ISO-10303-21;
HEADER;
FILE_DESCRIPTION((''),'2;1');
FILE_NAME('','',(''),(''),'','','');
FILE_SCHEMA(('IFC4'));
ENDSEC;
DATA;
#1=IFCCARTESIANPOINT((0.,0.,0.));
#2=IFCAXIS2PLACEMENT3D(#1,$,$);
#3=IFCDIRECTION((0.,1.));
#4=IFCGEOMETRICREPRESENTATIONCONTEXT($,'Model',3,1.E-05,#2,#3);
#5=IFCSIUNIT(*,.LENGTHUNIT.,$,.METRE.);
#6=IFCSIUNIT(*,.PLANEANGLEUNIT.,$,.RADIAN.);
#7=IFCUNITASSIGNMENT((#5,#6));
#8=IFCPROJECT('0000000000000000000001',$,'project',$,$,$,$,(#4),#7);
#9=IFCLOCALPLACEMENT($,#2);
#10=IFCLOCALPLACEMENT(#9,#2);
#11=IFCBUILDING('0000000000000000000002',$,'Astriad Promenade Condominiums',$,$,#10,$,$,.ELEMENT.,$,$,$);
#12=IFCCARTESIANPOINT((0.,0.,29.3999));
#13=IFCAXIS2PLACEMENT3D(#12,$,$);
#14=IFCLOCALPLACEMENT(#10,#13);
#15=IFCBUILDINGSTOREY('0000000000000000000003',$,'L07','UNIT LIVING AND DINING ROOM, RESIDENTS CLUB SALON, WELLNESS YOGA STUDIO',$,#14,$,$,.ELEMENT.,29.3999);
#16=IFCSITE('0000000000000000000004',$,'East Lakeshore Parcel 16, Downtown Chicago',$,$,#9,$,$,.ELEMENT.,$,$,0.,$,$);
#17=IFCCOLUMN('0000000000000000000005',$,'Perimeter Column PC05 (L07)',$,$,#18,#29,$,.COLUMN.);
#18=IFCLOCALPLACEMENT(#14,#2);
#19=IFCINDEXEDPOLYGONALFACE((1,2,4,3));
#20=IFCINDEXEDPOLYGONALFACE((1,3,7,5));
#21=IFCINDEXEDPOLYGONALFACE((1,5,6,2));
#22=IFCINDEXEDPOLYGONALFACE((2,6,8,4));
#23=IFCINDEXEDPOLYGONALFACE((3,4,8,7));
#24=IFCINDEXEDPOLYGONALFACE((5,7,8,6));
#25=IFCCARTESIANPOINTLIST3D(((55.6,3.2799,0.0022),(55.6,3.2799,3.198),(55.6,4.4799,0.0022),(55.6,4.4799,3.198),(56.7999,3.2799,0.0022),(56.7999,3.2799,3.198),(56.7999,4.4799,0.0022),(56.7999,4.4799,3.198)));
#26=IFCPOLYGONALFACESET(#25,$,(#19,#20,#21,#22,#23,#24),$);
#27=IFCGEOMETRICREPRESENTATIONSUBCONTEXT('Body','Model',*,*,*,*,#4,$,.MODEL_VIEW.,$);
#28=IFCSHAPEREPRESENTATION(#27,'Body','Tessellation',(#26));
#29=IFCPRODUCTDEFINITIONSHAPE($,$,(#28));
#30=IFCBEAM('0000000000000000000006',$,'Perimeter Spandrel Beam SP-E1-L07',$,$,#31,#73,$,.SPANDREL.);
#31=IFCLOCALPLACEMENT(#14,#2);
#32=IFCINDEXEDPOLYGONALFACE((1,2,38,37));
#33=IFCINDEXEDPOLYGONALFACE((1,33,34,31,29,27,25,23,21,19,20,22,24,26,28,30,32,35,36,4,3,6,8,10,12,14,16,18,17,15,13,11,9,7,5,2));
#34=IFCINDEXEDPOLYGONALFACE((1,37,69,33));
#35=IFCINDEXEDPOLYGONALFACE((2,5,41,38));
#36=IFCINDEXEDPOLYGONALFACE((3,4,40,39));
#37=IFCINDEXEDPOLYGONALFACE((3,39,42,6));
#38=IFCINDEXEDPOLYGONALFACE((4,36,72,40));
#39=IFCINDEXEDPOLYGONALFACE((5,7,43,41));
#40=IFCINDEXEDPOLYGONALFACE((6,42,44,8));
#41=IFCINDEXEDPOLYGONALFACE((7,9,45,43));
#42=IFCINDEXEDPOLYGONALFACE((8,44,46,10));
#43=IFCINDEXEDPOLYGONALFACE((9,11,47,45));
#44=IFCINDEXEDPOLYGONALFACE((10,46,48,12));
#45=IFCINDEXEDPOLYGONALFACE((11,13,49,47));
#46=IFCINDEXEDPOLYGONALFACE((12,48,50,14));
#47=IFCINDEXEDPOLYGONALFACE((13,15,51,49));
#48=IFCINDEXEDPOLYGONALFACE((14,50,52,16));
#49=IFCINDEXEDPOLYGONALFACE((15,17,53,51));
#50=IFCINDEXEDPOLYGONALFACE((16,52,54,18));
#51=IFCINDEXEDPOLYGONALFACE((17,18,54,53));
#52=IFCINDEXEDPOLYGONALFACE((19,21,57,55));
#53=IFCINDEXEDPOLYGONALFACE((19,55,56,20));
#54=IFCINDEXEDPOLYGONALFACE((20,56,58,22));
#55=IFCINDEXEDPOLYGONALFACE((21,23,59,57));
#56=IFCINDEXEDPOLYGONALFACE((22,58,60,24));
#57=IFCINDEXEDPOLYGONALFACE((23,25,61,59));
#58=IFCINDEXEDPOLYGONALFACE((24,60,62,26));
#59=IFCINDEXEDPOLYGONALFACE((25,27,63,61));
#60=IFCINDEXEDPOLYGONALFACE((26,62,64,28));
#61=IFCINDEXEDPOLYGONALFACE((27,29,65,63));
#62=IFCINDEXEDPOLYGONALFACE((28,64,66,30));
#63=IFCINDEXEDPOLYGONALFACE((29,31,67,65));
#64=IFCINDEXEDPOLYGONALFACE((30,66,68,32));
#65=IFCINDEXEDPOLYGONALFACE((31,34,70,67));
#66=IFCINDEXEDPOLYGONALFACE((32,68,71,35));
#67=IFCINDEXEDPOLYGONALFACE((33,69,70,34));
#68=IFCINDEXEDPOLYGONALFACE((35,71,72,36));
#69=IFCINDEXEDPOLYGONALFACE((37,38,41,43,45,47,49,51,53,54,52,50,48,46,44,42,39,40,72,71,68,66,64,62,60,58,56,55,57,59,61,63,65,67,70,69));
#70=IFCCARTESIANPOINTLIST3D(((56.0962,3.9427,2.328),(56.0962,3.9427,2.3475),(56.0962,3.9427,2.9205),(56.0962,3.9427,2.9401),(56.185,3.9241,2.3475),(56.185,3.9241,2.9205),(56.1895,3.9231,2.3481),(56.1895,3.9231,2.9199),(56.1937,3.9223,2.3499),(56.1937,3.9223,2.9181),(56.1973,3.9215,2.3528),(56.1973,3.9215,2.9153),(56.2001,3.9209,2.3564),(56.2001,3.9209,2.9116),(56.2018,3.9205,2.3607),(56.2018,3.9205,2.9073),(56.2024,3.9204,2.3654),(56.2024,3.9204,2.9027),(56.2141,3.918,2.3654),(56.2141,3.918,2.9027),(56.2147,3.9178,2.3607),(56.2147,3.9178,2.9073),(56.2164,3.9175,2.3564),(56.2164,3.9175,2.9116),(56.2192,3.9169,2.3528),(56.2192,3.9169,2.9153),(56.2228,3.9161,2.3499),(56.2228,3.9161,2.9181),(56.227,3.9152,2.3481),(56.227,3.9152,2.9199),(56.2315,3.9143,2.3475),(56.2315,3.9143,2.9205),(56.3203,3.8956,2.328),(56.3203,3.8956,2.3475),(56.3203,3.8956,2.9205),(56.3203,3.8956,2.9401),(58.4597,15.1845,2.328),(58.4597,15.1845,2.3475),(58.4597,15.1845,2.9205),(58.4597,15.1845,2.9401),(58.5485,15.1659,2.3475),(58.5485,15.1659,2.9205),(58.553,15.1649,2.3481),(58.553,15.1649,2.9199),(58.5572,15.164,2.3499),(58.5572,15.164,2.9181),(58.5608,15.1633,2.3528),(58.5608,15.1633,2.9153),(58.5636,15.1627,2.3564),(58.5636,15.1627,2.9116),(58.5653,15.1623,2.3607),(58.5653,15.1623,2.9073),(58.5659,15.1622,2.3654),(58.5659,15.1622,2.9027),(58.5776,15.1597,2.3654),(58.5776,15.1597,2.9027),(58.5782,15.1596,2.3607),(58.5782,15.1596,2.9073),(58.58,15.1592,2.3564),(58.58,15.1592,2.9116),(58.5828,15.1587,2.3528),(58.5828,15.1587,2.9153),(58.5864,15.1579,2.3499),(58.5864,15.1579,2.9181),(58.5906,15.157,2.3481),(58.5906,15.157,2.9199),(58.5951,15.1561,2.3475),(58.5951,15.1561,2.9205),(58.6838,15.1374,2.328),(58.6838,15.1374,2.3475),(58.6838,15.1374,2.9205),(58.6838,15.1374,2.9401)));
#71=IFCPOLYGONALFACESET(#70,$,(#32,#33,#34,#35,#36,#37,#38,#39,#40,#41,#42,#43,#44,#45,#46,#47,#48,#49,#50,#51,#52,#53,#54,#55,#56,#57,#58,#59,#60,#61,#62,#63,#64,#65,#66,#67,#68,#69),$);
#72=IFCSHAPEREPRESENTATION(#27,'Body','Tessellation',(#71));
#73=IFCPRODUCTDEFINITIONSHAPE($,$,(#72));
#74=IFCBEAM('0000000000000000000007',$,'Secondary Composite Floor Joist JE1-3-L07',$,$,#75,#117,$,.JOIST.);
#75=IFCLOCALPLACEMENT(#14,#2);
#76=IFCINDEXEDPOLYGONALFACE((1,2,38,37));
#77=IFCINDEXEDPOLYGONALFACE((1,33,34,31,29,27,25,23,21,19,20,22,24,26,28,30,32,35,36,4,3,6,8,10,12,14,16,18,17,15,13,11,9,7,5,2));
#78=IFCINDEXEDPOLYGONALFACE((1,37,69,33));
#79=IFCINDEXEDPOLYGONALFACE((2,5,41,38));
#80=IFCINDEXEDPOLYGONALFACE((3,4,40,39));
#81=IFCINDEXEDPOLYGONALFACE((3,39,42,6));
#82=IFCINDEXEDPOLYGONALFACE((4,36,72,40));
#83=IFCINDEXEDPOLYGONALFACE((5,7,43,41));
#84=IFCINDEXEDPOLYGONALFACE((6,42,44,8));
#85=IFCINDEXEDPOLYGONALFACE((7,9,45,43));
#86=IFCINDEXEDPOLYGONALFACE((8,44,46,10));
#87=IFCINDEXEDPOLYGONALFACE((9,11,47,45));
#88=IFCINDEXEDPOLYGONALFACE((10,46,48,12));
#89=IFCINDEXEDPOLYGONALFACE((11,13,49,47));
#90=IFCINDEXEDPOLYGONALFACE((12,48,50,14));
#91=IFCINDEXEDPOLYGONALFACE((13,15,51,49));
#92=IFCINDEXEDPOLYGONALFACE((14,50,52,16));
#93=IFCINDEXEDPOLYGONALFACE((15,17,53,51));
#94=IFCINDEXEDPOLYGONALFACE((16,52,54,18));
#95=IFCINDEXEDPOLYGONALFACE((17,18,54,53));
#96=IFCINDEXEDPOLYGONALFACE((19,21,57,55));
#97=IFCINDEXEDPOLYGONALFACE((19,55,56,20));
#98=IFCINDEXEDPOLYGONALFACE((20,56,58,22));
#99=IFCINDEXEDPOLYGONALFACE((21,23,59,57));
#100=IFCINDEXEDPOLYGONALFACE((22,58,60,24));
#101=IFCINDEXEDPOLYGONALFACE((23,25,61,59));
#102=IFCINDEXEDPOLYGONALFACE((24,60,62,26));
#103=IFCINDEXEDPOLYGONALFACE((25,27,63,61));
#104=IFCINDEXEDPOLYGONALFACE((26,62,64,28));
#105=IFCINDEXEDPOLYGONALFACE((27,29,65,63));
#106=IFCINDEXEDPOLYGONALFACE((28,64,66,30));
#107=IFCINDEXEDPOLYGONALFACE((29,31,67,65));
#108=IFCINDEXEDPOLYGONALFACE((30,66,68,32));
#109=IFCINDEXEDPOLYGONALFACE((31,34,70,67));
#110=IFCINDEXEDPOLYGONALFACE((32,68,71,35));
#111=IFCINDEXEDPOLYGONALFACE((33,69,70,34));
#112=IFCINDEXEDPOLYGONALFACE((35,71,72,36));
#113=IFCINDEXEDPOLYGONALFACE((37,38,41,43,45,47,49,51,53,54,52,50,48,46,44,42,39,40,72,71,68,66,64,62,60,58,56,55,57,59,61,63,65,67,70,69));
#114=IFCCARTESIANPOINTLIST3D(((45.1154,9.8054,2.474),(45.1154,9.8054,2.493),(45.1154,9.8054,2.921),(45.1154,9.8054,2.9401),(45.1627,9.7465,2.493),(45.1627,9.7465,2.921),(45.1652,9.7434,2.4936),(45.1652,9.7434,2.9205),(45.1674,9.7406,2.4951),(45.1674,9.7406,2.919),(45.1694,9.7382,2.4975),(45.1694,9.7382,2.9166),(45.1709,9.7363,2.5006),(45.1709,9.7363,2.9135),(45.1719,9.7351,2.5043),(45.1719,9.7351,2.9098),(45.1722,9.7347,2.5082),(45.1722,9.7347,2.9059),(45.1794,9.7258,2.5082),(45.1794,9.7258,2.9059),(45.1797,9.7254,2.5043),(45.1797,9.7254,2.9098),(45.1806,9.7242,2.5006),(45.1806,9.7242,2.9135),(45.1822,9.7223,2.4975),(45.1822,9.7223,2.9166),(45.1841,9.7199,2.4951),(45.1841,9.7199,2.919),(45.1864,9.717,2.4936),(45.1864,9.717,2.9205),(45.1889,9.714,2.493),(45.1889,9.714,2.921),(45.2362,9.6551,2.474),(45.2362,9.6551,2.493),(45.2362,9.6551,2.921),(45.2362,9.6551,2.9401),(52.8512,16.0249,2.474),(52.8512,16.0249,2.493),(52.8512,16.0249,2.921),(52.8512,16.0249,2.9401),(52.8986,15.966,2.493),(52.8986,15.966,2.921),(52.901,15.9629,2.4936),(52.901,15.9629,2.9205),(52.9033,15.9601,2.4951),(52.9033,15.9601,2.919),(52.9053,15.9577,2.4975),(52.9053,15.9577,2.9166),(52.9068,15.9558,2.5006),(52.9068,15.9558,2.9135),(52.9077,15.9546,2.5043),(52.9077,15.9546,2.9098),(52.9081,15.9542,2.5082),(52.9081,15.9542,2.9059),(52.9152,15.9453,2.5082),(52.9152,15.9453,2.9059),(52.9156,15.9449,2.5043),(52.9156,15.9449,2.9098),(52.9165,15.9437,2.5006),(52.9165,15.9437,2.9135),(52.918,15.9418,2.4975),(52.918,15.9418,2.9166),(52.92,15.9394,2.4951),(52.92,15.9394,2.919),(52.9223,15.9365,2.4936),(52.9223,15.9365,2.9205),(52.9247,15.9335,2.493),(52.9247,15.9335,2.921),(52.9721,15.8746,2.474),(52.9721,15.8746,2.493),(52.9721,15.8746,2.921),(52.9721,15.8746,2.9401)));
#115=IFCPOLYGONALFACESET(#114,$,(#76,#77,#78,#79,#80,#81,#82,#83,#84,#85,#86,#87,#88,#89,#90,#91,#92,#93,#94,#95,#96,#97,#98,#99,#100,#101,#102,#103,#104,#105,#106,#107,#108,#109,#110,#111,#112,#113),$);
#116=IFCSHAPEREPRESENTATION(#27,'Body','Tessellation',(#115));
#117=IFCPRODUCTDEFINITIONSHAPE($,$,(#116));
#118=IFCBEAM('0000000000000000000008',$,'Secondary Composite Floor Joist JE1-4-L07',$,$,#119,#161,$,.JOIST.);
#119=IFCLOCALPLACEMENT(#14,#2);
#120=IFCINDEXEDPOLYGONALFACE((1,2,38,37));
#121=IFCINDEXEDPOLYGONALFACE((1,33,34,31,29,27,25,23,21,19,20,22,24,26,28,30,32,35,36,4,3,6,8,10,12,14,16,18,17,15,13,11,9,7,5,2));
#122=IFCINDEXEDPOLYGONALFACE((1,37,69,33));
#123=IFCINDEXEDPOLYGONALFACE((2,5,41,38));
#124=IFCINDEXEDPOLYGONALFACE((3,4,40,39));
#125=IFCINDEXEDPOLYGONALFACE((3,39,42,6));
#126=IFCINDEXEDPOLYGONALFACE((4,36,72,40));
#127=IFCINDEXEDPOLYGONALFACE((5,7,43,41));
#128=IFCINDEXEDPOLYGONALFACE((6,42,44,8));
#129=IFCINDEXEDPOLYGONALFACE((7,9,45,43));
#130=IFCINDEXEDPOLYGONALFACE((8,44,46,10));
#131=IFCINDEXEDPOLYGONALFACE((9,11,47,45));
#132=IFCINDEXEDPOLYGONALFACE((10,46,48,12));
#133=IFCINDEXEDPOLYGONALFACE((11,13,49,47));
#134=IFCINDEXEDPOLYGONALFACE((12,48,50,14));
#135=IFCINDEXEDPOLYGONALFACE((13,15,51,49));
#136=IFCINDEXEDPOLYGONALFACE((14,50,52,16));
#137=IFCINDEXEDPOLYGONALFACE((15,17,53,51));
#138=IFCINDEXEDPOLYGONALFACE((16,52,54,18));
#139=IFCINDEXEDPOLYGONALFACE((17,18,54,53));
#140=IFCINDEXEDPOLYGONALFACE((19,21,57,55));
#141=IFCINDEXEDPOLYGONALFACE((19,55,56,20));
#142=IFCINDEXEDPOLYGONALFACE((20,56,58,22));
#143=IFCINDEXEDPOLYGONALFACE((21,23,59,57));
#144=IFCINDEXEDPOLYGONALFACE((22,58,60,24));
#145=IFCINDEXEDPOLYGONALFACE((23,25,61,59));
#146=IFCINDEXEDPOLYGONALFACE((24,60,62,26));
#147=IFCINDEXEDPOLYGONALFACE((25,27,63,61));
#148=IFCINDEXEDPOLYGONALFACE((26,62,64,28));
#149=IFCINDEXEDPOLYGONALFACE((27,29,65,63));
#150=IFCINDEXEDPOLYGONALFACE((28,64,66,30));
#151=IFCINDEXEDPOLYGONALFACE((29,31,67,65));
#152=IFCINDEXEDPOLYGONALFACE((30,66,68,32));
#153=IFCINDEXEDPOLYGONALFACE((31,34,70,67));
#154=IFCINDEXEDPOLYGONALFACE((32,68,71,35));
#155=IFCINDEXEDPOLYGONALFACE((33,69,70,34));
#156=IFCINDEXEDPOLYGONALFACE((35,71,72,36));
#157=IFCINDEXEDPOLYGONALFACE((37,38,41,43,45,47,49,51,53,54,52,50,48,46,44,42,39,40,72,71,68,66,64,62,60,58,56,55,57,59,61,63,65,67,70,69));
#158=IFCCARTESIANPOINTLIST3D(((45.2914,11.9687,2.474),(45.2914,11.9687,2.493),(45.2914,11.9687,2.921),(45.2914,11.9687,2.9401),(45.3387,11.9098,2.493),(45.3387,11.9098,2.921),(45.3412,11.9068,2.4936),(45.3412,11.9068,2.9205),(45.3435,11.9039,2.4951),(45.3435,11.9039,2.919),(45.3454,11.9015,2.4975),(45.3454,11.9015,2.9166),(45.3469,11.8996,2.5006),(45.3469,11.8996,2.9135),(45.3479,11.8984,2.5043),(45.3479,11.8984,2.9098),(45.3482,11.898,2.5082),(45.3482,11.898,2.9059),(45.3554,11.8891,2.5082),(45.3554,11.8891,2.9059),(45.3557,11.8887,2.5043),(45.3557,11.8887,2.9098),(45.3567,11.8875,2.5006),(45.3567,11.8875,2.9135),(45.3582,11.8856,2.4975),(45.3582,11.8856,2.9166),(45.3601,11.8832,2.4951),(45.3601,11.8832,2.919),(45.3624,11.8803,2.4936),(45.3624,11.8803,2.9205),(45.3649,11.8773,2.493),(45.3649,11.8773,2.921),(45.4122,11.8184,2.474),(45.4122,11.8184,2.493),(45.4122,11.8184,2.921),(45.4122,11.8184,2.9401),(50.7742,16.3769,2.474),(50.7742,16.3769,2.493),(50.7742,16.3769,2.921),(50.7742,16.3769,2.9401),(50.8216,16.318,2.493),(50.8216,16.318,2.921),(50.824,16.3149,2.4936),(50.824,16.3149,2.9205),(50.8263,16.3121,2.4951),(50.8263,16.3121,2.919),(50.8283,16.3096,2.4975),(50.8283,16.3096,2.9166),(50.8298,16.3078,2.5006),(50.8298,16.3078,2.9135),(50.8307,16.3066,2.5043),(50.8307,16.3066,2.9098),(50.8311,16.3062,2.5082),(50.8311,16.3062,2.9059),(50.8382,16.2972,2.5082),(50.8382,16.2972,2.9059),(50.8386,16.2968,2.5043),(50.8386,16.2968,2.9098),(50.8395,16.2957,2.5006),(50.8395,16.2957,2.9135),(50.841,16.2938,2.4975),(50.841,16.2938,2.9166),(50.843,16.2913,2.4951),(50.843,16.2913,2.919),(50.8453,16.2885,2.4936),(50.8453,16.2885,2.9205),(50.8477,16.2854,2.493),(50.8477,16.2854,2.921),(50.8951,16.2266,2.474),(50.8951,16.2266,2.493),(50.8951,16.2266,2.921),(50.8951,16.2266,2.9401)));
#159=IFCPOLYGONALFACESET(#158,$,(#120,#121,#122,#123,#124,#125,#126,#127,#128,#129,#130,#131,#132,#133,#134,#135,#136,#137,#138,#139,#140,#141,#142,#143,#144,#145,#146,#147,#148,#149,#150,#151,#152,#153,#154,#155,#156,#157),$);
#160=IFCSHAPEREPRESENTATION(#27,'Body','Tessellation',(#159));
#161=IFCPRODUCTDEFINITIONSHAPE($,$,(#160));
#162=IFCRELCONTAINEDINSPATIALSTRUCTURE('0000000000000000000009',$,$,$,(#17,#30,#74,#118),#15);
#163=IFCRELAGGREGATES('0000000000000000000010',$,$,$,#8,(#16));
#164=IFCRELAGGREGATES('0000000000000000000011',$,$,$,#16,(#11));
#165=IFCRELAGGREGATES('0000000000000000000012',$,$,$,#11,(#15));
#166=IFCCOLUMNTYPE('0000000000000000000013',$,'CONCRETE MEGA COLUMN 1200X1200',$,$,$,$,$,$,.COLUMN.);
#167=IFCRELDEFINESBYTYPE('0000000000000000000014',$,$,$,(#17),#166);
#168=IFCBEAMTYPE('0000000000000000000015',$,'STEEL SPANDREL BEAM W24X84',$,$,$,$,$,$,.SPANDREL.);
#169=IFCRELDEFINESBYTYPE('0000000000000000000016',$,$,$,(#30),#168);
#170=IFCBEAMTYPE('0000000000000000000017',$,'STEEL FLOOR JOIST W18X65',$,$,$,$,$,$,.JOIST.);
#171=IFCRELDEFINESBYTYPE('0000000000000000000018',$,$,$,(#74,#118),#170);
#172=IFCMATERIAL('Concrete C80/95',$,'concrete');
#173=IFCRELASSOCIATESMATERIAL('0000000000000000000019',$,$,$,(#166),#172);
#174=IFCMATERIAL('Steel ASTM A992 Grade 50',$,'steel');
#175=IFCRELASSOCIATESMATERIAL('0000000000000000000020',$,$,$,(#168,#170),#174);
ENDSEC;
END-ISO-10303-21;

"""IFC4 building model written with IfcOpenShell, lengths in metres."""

from ifc_helpers import new_model, si_unit, direction, frame, origin, origin_2d, place, context, subcontext, project, spatial, rectangle, i_section, extrude, source, transform, mapped, material, material_profile, profile_set, type_object, type_shapes, element, save


model = new_model("IFC4")

# Units and contexts
model_context = context("Model", 3, precision=1e-05, world=origin(), true_north=direction((0.0, 1.0)))
body_context = subcontext(model_context, "Body", "Model", "MODEL_VIEW")
ifc_project = project(units=[si_unit("LENGTHUNIT", "METRE"), si_unit("PLANEANGLEUNIT", "RADIAN")], contexts=[model_context])

# Site, building, storey
site_placement = place(None, origin())
site = spatial("IfcSite", under=ifc_project, at=site_placement, Name="East Lakeshore Parcel 16, Downtown Chicago", CompositionType="ELEMENT", RefElevation=0.0)
building_placement = place(site_placement, origin())
building = spatial("IfcBuilding", under=site, at=building_placement, Name="Astriad Promenade Condominiums", CompositionType="ELEMENT")
storey_placement = place(building_placement, frame((0.0, 0.0, 29.3999)))
storey = spatial("IfcBuildingStorey", under=building, at=storey_placement, Name="L07", Description="UNIT LIVING AND DINING ROOM, RESIDENTS CLUB SALON, WELLNESS YOGA STUDIO", CompositionType="ELEMENT", Elevation=29.3999)

# Column
ifc_material_1 = material(Name="Concrete C80/95", Category="concrete")
ifc_material_profile_1 = material_profile(ifc_material_1, rectangle(XDim=1.2, YDim=1.2, at=origin_2d()), Name="RC-COL-1200X1200")
ifc_profile_set_1 = profile_set([ifc_material_profile_1], Name="Concrete C80/95")
column_type = type_object("IfcColumnType", Name="CONCRETE MEGA COLUMN 1200X1200", PredefinedType="COLUMN", material=ifc_profile_set_1)
shared_shape_1 = source(origin(), body_context, "Body", "SweptSolid", [
    extrude(rectangle(XDim=1.2, YDim=1.2, at=origin_2d()), origin(), (0.0, 0.0, 1.0), 3.1958),
])
type_shapes(column_type, [shared_shape_1])
column_placement = place(storey_placement, frame((56.2, 3.8799, 0.0022), z_axis=(0.0, 0.0, 1.0), x_axis=(1.0, 0.0, 0.0)))
element("IfcColumn", 1, at=column_placement, inside=storey, type_object=column_type, Name="Perimeter Column PC05 (L07)", PredefinedType="COLUMN", context=body_context, shape_type="MappedRepresentation", body=[
    mapped(shared_shape_1, transform((0.0, 0.0, 0.0), scale=1.0)),
])

# Beams
ifc_material_2 = material(Name="Steel ASTM A992 Grade 50", Category="steel")
ifc_material_profile_2 = material_profile(ifc_material_2, i_section(OverallWidth=0.229, OverallDepth=0.6121, WebThickness=0.012, FlangeThickness=0.0195, FilletRadius=0.0178, at=origin_2d()), Name="W24X84")
ifc_profile_set_2 = profile_set([ifc_material_profile_2], Name="Steel ASTM A992 Grade 50")
beam_type_1 = type_object("IfcBeamType", Name="STEEL SPANDREL BEAM W24X84", PredefinedType="SPANDREL", material=ifc_profile_set_2)
shared_shape_2 = source(origin(), body_context, "Body", "SweptSolid", [
    extrude(i_section(OverallWidth=0.229, OverallDepth=0.6121, WebThickness=0.012, FlangeThickness=0.0195, FilletRadius=0.0178, at=origin_2d()), origin(), (0.0, 0.0, 1.0), 11.4875),
])
type_shapes(beam_type_1, [shared_shape_2])
beam_1_placement = place(storey_placement, frame((56.2083, 3.9192, 2.634), z_axis=(0.205748, 0.978605, 0.0), x_axis=(-0.978605, 0.205748, 0.0)))
element("IfcBeam", 2, at=beam_1_placement, inside=storey, type_object=beam_type_1, Name="Perimeter Spandrel Beam SP-E1-L07", PredefinedType="SPANDREL", context=body_context, shape_type="MappedRepresentation", body=[
    mapped(shared_shape_2, transform((0.0, 0.0, 0.0), scale=1.0)),
])
ifc_material_profile_3 = material_profile(ifc_material_2, i_section(OverallWidth=0.1929, OverallDepth=0.4661, WebThickness=0.0115, FlangeThickness=0.019, FilletRadius=0.0151, at=origin_2d()), Name="W18X65")
ifc_profile_set_3 = profile_set([ifc_material_profile_3], Name="Steel ASTM A992 Grade 50")
beam_type_2 = type_object("IfcBeamType", Name="STEEL FLOOR JOIST W18X65", PredefinedType="JOIST", material=ifc_profile_set_3)
shared_shape_3 = source(origin(), body_context, "Body", "SweptSolid", [
    extrude(i_section(OverallWidth=0.1929, OverallDepth=0.4661, WebThickness=0.0115, FlangeThickness=0.019, FilletRadius=0.0151, at=origin_2d()), origin(), (0.0, 0.0, 1.0), 9.926),
])
beam_2_placement = place(storey_placement, frame((45.1758, 9.7302, 2.707), z_axis=(0.779352, 0.626586, 0.0), x_axis=(-0.626586, 0.779352, 0.0)))
element("IfcBeam", 3, at=beam_2_placement, inside=storey, type_object=beam_type_2, Name="Secondary Composite Floor Joist JE1-3-L07", PredefinedType="JOIST", context=body_context, shape_type="MappedRepresentation", body=[
    mapped(shared_shape_3, transform((0.0, 0.0, 0.0), scale=1.0)),
])
shared_shape_4 = source(origin(), body_context, "Body", "SweptSolid", [
    extrude(i_section(OverallWidth=0.1929, OverallDepth=0.4661, WebThickness=0.0115, FlangeThickness=0.019, FilletRadius=0.0151, at=origin_2d()), origin(), (0.0, 0.0, 1.0), 7.0352),
])
beam_3_placement = place(storey_placement, frame((45.3518, 11.8936, 2.707), z_axis=(0.77935, 0.626589, 0.0), x_axis=(-0.626589, 0.77935, 0.0)))
element("IfcBeam", 4, at=beam_3_placement, inside=storey, type_object=beam_type_2, Name="Secondary Composite Floor Joist JE1-4-L07", PredefinedType="JOIST", context=body_context, shape_type="MappedRepresentation", body=[
    mapped(shared_shape_4, transform((0.0, 0.0, 0.0), scale=1.0)),
])

save(model, "model.ifc")
